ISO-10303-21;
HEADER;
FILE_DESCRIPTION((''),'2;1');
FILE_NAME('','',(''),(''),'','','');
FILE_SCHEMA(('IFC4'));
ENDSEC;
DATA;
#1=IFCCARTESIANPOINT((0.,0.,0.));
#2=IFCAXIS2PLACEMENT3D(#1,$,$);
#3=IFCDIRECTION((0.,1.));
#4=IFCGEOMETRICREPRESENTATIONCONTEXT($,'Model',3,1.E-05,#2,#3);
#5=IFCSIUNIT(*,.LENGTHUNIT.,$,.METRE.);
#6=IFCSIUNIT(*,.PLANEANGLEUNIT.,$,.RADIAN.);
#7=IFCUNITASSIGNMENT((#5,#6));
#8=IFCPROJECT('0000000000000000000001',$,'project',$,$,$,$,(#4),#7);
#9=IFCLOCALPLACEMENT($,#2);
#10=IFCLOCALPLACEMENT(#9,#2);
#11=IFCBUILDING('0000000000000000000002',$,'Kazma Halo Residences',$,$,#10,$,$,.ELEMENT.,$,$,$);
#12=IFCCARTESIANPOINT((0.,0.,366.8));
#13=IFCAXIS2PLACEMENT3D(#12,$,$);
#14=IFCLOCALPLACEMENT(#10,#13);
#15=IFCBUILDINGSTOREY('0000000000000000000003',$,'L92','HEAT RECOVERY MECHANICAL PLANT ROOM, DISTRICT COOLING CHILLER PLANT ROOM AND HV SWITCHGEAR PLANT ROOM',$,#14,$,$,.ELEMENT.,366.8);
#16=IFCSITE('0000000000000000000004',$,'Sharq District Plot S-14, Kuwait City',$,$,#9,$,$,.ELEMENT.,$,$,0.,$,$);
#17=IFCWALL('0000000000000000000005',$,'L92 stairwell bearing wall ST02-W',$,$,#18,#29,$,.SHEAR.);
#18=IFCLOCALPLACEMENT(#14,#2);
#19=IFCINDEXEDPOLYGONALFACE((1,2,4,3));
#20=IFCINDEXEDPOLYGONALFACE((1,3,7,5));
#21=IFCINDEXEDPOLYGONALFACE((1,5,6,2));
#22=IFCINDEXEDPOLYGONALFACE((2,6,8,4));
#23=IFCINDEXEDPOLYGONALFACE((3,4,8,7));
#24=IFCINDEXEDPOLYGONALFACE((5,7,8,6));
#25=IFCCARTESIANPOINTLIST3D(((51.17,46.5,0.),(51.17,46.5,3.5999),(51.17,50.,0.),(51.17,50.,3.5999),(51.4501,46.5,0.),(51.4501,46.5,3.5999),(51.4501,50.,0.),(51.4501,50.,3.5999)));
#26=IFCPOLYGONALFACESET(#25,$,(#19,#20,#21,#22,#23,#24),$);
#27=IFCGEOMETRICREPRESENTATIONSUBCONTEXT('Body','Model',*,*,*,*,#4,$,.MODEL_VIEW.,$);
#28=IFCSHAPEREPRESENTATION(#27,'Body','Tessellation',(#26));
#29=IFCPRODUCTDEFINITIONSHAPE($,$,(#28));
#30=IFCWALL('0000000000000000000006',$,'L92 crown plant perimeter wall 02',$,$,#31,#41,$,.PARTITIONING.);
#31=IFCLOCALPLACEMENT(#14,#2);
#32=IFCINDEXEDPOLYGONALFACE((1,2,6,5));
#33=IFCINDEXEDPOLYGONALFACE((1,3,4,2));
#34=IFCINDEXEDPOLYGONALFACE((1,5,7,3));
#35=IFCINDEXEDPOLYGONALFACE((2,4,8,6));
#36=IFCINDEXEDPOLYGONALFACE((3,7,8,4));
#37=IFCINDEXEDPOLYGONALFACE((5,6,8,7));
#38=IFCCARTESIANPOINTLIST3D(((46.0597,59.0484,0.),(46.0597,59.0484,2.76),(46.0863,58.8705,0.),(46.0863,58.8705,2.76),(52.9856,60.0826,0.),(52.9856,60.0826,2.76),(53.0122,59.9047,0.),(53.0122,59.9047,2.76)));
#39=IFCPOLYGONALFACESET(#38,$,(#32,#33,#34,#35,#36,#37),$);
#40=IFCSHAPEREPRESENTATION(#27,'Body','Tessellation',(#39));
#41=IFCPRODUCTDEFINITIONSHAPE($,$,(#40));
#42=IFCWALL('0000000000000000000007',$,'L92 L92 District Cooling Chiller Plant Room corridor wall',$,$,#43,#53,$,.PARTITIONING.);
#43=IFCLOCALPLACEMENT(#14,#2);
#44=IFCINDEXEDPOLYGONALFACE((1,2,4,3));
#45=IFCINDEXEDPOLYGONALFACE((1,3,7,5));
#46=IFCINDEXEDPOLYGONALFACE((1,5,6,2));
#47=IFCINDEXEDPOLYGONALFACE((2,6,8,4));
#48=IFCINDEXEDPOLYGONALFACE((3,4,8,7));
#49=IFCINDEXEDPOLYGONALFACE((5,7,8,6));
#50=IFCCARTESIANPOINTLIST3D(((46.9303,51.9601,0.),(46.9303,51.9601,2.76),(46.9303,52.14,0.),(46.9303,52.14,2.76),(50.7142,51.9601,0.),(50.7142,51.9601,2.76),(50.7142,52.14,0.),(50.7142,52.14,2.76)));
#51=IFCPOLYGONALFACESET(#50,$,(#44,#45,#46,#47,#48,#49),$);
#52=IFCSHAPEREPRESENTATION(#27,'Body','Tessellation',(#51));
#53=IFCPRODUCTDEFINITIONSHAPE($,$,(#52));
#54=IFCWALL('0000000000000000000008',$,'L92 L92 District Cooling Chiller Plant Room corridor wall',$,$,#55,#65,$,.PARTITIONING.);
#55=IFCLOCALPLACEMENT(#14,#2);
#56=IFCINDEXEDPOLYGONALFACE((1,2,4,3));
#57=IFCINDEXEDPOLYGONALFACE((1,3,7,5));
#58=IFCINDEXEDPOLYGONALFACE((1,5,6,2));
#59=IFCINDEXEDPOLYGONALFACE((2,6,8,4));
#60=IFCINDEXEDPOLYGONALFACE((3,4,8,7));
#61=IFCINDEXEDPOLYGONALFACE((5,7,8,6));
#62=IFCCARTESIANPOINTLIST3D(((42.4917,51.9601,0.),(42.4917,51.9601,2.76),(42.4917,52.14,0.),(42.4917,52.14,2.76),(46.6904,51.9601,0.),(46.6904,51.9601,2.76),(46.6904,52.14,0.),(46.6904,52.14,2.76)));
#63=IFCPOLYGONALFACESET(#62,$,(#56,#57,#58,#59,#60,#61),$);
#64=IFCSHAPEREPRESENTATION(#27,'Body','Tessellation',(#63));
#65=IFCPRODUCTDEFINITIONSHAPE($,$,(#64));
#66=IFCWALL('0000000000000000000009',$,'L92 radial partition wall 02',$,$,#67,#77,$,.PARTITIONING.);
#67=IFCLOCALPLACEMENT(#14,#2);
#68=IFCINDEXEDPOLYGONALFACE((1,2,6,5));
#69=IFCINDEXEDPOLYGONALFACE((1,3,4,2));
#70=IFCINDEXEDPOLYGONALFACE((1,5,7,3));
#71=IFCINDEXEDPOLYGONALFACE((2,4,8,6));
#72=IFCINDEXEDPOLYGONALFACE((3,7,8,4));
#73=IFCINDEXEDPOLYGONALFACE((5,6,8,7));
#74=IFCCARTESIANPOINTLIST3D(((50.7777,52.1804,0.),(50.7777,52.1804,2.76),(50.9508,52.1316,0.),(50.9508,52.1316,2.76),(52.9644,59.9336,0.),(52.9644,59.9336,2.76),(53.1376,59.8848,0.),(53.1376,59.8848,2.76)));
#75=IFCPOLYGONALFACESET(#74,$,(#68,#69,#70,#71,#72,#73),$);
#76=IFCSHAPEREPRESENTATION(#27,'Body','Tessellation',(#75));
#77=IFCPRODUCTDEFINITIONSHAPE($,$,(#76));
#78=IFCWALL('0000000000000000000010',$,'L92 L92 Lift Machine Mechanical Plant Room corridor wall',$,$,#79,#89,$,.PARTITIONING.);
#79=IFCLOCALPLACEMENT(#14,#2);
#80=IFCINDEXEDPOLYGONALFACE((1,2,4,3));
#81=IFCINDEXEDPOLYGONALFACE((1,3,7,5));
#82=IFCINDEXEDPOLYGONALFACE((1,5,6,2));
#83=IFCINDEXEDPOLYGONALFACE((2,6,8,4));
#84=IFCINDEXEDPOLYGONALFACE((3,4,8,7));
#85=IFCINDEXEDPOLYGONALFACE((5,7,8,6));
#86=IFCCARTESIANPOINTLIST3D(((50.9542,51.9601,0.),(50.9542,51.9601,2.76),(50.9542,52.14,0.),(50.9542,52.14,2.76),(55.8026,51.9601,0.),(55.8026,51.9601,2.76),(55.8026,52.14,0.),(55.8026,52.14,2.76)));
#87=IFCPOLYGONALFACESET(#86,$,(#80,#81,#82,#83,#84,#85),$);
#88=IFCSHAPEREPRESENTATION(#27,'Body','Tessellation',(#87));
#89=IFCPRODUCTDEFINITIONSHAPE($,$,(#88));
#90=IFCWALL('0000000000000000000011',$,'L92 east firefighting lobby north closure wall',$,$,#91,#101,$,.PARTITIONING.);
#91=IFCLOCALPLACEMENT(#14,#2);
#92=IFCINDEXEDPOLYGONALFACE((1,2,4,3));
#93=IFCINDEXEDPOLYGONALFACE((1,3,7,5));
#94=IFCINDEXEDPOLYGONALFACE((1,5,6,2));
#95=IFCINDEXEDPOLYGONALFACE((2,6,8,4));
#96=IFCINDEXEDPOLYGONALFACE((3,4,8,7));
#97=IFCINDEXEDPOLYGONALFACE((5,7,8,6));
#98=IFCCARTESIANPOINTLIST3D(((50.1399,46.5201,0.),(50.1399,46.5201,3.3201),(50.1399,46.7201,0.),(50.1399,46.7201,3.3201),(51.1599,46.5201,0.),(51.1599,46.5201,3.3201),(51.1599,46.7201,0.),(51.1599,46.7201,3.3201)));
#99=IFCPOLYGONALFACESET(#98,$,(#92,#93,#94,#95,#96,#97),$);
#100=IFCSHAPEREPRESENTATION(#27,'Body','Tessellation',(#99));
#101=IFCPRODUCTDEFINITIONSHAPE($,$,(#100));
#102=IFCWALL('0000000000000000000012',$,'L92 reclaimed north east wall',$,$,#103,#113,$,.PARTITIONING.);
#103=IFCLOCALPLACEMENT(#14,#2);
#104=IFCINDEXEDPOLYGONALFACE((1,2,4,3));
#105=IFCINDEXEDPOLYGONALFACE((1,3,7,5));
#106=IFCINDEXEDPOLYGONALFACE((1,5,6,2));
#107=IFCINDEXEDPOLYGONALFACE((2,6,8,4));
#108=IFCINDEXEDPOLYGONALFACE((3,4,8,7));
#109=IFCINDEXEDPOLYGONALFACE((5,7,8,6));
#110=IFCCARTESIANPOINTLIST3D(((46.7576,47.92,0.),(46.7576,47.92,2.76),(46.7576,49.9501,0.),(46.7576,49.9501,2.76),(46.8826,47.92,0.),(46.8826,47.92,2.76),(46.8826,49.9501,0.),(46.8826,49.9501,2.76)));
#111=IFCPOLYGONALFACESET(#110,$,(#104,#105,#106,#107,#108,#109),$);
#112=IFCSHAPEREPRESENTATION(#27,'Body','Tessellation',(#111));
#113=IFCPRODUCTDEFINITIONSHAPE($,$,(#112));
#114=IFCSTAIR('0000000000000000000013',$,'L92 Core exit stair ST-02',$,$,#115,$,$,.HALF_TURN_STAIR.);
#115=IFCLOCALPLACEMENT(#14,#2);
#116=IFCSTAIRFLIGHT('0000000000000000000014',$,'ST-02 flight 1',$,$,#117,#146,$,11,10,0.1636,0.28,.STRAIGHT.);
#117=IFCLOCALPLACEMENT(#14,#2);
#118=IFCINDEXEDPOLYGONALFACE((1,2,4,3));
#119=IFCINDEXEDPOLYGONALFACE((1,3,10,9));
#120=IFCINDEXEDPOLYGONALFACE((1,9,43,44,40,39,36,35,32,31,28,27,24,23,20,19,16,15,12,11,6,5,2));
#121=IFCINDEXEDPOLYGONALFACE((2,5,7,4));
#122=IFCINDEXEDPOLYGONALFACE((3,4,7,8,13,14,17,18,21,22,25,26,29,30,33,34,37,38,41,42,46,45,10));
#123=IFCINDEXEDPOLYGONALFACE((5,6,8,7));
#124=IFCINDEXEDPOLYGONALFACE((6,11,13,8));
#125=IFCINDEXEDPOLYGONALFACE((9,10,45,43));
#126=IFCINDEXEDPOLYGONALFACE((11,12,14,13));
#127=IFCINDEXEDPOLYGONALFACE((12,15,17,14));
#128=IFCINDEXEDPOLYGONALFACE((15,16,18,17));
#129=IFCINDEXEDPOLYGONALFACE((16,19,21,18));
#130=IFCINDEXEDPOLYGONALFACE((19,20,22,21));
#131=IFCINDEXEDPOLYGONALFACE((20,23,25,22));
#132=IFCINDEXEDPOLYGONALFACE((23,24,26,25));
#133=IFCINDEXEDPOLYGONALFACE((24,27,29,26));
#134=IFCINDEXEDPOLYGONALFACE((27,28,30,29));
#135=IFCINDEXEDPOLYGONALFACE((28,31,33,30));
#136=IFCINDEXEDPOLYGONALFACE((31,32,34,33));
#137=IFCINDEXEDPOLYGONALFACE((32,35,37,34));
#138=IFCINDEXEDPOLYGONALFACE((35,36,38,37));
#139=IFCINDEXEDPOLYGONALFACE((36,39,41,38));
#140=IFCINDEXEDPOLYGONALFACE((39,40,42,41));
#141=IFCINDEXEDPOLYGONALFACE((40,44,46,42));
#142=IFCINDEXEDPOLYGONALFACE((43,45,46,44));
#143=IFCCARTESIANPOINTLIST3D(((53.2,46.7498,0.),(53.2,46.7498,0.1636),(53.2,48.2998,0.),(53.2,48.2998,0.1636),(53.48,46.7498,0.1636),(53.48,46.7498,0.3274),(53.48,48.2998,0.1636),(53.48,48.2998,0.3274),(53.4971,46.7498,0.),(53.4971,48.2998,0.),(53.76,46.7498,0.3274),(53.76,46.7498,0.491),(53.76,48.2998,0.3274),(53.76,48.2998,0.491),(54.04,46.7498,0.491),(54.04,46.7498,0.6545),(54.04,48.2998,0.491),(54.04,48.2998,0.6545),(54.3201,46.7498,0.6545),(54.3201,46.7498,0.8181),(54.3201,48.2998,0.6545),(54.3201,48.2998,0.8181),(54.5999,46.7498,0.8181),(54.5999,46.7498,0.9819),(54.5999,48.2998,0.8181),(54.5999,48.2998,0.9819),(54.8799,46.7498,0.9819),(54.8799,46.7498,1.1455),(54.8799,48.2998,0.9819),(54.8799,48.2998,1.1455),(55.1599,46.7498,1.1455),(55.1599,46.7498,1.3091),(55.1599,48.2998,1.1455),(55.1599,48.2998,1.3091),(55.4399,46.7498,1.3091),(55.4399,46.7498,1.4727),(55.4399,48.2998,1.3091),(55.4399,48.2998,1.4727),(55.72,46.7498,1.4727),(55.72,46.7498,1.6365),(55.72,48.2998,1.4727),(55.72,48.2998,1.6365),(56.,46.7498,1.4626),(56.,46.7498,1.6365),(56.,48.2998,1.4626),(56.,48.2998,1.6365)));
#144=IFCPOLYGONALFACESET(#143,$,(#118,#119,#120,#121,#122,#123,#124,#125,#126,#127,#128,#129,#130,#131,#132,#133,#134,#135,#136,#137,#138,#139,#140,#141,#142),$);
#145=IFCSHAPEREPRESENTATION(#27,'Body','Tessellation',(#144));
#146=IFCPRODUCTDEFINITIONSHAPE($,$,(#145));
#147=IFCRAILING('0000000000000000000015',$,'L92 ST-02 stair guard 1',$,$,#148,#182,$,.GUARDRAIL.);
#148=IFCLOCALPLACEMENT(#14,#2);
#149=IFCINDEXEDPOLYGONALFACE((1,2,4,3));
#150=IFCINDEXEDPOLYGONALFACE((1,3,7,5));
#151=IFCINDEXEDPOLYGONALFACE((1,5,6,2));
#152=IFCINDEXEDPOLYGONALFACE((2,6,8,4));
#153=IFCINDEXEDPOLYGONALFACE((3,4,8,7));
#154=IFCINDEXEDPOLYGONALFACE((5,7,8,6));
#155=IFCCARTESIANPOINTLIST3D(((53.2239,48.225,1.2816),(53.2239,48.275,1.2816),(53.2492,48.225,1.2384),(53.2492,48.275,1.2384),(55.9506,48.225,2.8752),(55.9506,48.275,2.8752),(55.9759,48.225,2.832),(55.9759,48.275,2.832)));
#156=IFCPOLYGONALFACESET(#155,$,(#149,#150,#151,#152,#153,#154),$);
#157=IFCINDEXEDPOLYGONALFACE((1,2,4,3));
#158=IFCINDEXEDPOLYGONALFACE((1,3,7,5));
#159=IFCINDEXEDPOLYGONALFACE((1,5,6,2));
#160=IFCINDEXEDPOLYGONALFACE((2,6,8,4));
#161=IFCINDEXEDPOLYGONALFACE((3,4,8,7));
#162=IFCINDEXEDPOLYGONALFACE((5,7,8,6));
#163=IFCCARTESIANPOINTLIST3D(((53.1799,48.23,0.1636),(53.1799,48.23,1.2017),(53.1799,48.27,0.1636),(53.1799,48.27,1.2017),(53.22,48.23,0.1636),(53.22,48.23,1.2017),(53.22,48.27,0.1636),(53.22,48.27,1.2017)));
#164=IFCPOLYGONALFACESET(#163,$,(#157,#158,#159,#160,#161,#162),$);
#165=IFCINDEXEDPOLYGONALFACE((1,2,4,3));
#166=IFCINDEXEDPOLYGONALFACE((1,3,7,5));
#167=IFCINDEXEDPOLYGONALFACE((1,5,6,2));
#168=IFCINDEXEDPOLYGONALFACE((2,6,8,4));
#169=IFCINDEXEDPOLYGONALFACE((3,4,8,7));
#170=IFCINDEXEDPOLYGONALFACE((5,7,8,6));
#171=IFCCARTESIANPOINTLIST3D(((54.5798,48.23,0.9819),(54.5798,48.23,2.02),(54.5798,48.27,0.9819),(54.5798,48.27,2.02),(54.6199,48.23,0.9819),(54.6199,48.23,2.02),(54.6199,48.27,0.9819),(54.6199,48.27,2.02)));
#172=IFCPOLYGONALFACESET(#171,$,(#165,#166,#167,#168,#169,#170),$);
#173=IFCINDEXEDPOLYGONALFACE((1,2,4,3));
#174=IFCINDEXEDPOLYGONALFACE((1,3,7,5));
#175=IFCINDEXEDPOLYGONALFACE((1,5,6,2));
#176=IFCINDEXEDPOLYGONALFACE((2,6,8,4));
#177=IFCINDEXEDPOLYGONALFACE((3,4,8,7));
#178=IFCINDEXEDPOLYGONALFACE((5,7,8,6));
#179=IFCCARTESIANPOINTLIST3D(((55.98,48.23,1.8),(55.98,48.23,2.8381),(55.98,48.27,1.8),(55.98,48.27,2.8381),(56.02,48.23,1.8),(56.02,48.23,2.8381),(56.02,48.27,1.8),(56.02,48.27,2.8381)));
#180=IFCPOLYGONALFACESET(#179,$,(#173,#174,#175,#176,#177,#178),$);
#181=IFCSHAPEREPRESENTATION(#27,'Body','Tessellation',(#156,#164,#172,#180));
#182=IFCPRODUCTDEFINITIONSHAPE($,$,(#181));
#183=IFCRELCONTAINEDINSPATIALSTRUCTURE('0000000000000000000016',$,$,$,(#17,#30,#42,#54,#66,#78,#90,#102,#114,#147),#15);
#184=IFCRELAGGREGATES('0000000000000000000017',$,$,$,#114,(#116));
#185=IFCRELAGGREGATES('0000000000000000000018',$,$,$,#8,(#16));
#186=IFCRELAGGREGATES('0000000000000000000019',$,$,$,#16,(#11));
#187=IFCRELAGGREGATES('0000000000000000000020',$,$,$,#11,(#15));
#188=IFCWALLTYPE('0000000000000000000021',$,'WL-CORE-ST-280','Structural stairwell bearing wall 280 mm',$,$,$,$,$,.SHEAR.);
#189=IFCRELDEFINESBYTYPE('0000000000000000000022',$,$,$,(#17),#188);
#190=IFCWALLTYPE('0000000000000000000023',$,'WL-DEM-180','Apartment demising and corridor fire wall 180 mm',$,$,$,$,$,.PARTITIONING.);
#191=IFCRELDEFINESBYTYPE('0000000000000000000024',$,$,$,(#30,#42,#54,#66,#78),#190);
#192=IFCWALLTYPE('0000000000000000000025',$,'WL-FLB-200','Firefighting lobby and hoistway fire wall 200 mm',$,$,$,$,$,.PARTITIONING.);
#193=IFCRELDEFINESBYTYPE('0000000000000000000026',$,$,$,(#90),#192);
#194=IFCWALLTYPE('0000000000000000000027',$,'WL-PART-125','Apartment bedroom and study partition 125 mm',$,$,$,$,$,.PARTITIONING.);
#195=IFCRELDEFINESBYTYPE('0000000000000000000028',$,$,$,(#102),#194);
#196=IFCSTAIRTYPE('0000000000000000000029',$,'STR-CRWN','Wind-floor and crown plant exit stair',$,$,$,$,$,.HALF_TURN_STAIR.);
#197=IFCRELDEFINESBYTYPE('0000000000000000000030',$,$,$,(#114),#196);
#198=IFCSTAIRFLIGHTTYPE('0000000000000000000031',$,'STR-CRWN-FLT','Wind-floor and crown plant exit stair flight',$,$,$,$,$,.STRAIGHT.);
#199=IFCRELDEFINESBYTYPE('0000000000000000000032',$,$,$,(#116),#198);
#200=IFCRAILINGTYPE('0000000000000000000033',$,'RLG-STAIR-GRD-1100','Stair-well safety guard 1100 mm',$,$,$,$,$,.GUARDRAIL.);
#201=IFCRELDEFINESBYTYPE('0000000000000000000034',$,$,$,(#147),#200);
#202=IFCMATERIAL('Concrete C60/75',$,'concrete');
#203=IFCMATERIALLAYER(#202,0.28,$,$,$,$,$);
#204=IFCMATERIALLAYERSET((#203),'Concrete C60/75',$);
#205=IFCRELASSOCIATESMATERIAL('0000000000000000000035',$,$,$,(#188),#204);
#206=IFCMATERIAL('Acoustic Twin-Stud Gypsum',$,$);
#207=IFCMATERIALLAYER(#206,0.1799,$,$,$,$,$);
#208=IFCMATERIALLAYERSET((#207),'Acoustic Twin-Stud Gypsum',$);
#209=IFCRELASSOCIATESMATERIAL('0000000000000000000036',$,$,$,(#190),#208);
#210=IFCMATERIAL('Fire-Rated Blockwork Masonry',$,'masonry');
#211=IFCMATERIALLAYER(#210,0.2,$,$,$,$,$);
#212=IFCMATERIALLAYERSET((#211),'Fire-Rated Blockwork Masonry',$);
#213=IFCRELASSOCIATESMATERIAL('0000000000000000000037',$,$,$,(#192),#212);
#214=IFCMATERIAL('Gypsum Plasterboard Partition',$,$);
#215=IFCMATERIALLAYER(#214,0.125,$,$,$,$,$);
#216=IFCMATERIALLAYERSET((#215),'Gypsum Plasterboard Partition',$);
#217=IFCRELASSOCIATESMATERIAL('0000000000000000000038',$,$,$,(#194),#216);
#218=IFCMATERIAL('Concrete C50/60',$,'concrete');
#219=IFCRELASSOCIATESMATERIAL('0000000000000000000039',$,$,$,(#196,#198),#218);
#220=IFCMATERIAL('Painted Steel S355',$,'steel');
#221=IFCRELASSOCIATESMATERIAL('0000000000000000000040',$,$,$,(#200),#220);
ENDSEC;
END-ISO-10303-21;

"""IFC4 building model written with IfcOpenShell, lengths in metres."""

from ifc_helpers import new_model, si_unit, direction, frame, frame_2d, origin, origin_2d, place, context, subcontext, project, spatial, polyline, rectangle, outline, extrude, material, layer, layer_set, type_object, element, aggregate, save


model = new_model("IFC4")

# Units and contexts
model_context = context("Model", 3, precision=1e-05, world=origin(), true_north=direction((0.0, 1.0)))
body_context = subcontext(model_context, "Body", "Model", "MODEL_VIEW")
ifc_project = project(units=[si_unit("LENGTHUNIT", "METRE"), si_unit("PLANEANGLEUNIT", "RADIAN")], contexts=[model_context])

# Site, building, storey
site_placement = place(None, origin())
site = spatial("IfcSite", under=ifc_project, at=site_placement, Name="Sharq District Plot S-14, Kuwait City", CompositionType="ELEMENT", RefElevation=0.0)
building_placement = place(site_placement, origin())
building = spatial("IfcBuilding", under=site, at=building_placement, Name="Kazma Halo Residences", CompositionType="ELEMENT")
storey_placement = place(building_placement, frame((0.0, 0.0, 366.8)))
storey = spatial("IfcBuildingStorey", under=building, at=storey_placement, Name="L92", Description="HEAT RECOVERY MECHANICAL PLANT ROOM, DISTRICT COOLING CHILLER PLANT ROOM AND HV SWITCHGEAR PLANT ROOM", CompositionType="ELEMENT", Elevation=366.8)

# Walls
ifc_material_1 = material(Name="Concrete C60/75", Category="concrete")
ifc_layer_1 = layer(ifc_material_1, 0.28)
ifc_layer_set_1 = layer_set([ifc_layer_1], Name="Concrete C60/75")
wall_type_1 = type_object("IfcWallType", Name="WL-CORE-ST-280", Description="Structural stairwell bearing wall 280 mm", PredefinedType="SHEAR", material=ifc_layer_set_1)
wall_1_placement = place(storey_placement, frame((51.3101, 46.5, 0.0), z_axis=(0.0, 0.0, 1.0), x_axis=(0.0, 1.0, 0.0)))
element("IfcWall", 1, at=wall_1_placement, inside=storey, type_object=wall_type_1, Name="L92 stairwell bearing wall ST02-W", PredefinedType="SHEAR", context=body_context, shape_type="SweptSolid", body=[
    extrude(rectangle(XDim=3.5, YDim=0.28, at=frame_2d((1.75, 0.0))), origin(), (0.0, 0.0, 1.0), 3.5999),
])
ifc_material_2 = material(Name="Acoustic Twin-Stud Gypsum")
ifc_layer_2 = layer(ifc_material_2, 0.1799)
ifc_layer_set_2 = layer_set([ifc_layer_2], Name="Acoustic Twin-Stud Gypsum")
wall_type_2 = type_object("IfcWallType", Name="WL-DEM-180", Description="Apartment demising and corridor fire wall 180 mm", PredefinedType="PARTITIONING", material=ifc_layer_set_2)
wall_2_placement = place(storey_placement, frame((52.999, 59.9937, 0.0), z_axis=(0.0, 0.0, 1.0), x_axis=(-0.989034, -0.147686, 0.0)))
element("IfcWall", 2, at=wall_2_placement, inside=storey, type_object=wall_type_2, Name="L92 crown plant perimeter wall 02", PredefinedType="PARTITIONING", context=body_context, shape_type="SweptSolid", body=[
    extrude(rectangle(XDim=7.0027, YDim=0.1799, at=frame_2d((3.5015, 0.0))), origin(), (0.0, 0.0, 1.0), 2.76),
])
wall_3_placement = place(storey_placement, frame((50.7144, 52.05, 0.0), z_axis=(0.0, 0.0, 1.0), x_axis=(-1.0, 0.0, 0.0)))
element("IfcWall", 3, at=wall_3_placement, inside=storey, type_object=wall_type_2, Name="L92 L92 District Cooling Chiller Plant Room corridor wall", PredefinedType="PARTITIONING", context=body_context, shape_type="SweptSolid", body=[
    extrude(rectangle(XDim=3.7839, YDim=0.1799, at=frame_2d((1.8921, 0.0))), origin(), (0.0, 0.0, 1.0), 2.76),
])
wall_4_placement = place(storey_placement, frame((46.6904, 52.05, 0.0), z_axis=(0.0, 0.0, 1.0), x_axis=(-1.0, 0.0, 0.0)))
element("IfcWall", 4, at=wall_4_placement, inside=storey, type_object=wall_type_2, Name="L92 L92 District Cooling Chiller Plant Room corridor wall", PredefinedType="PARTITIONING", context=body_context, shape_type="SweptSolid", body=[
    extrude(rectangle(XDim=4.1987, YDim=0.1799, at=frame_2d((2.0994, 0.0))), origin(), (0.0, 0.0, 1.0), 2.76),
])
wall_5_placement = place(storey_placement, frame((50.8643, 52.156, 0.0), z_axis=(0.0, 0.0, 1.0), x_axis=(0.271457, 0.96245, 0.0)))
element("IfcWall", 5, at=wall_5_placement, inside=storey, type_object=wall_type_2, Name="L92 radial partition wall 02", PredefinedType="PARTITIONING", context=body_context, shape_type="SweptSolid", body=[
    extrude(rectangle(XDim=8.0557, YDim=0.1799, at=frame_2d((4.0278, 0.0))), origin(), (0.0, 0.0, 1.0), 2.76),
])
wall_6_placement = place(storey_placement, frame((55.8027, 52.05, 0.0), z_axis=(0.0, 0.0, 1.0), x_axis=(-1.0, 0.0, 0.0)))
element("IfcWall", 6, at=wall_6_placement, inside=storey, type_object=wall_type_2, Name="L92 L92 Lift Machine Mechanical Plant Room corridor wall", PredefinedType="PARTITIONING", context=body_context, shape_type="SweptSolid", body=[
    extrude(rectangle(XDim=4.8484, YDim=0.1799, at=frame_2d((2.4243, 0.0))), origin(), (0.0, 0.0, 1.0), 2.76),
])
ifc_material_3 = material(Name="Fire-Rated Blockwork Masonry", Category="masonry")
ifc_layer_3 = layer(ifc_material_3, 0.2)
ifc_layer_set_3 = layer_set([ifc_layer_3], Name="Fire-Rated Blockwork Masonry")
wall_type_3 = type_object("IfcWallType", Name="WL-FLB-200", Description="Firefighting lobby and hoistway fire wall 200 mm", PredefinedType="PARTITIONING", material=ifc_layer_set_3)
wall_7_placement = place(storey_placement, frame((50.1399, 46.6201, 0.0), z_axis=(0.0, 0.0, 1.0), x_axis=(1.0, 0.0, 0.0)))
element("IfcWall", 7, at=wall_7_placement, inside=storey, type_object=wall_type_3, Name="L92 east firefighting lobby north closure wall", PredefinedType="PARTITIONING", context=body_context, shape_type="SweptSolid", body=[
    extrude(rectangle(XDim=1.02, YDim=0.2, at=frame_2d((0.51, 0.0))), origin(), (0.0, 0.0, 1.0), 3.3201),
])
ifc_material_4 = material(Name="Gypsum Plasterboard Partition")
ifc_layer_4 = layer(ifc_material_4, 0.125)
ifc_layer_set_4 = layer_set([ifc_layer_4], Name="Gypsum Plasterboard Partition")
wall_type_4 = type_object("IfcWallType", Name="WL-PART-125", Description="Apartment bedroom and study partition 125 mm", PredefinedType="PARTITIONING", material=ifc_layer_set_4)
wall_8_placement = place(storey_placement, frame((46.8201, 47.9199, 0.0), z_axis=(0.0, 0.0, 1.0), x_axis=(0.0, 1.0, 0.0)))
element("IfcWall", 8, at=wall_8_placement, inside=storey, type_object=wall_type_4, Name="L92 reclaimed north east wall", PredefinedType="PARTITIONING", context=body_context, shape_type="SweptSolid", body=[
    extrude(rectangle(XDim=2.03, YDim=0.125, at=frame_2d((1.0151, 0.0))), origin(), (0.0, 0.0, 1.0), 2.76),
])

# Shared definitions
ifc_material_5 = material(Name="Concrete C50/60", Category="concrete")

# Stair, stair flight
stair_type = type_object("IfcStairType", Name="STR-CRWN", Description="Wind-floor and crown plant exit stair", PredefinedType="HALF_TURN_STAIR", material=ifc_material_5)
stair_placement = place(storey_placement, origin())
stair = element("IfcStair", 9, at=stair_placement, inside=storey, type_object=stair_type, Name="L92 Core exit stair ST-02", PredefinedType="HALF_TURN_STAIR")
stair_flight_type = type_object("IfcStairFlightType", Name="STR-CRWN-FLT", Description="Wind-floor and crown plant exit stair flight", PredefinedType="STRAIGHT", material=ifc_material_5)
stair_flight_placement = place(storey_placement, frame((53.2, 47.5249, 0.0), z_axis=(0.0, 0.0, 1.0), x_axis=(1.0, 0.0, 0.0)))
stair_flight = element("IfcStairFlight", 10, at=stair_flight_placement, type_object=stair_flight_type, Name="ST-02 flight 1", NumberOfRisers=11, NumberOfTreads=10, PredefinedType="STRAIGHT", RiserHeight=0.1636, TreadLength=0.28, context=body_context, shape_type="SweptSolid", body=[
    extrude(outline(polyline([(0.0, 0.0), (0.0, 0.1636), (0.28, 0.1636), (0.28, 0.3274), (0.5601, 0.3274), (0.5601, 0.491), (0.8401, 0.491), (0.8401, 0.6545), (1.1201, 0.6545), (1.1201, 0.8181), (1.3999, 0.8181), (1.3999, 0.9819), (1.6799, 0.9819), (1.6799, 1.1455), (1.96, 1.1455), (1.96, 1.3091), (2.24, 1.3091), (2.24, 1.4727), (2.52, 1.4727), (2.52, 1.6365), (2.8, 1.6365), (2.8, 1.8), (2.8, 1.4626), (0.2971, 0.0), (0.0, 0.0)])), frame((0.0, 0.7749, 0.0), z_axis=(0.0, -1.0, 0.0), x_axis=(1.0, 0.0, 0.0)), (0.0, 0.0, 1.0), 1.55),
])
aggregate(stair, [stair_flight])

# Railing
ifc_material_6 = material(Name="Painted Steel S355", Category="steel")
railing_type_1 = type_object("IfcRailingType", Name="RLG-STAIR-GRD-1100", Description="Stair-well safety guard 1100 mm", PredefinedType="GUARDRAIL", material=ifc_material_6)
railing_1_placement = place(storey_placement, frame((53.2, 48.25, 0.1636)))
element("IfcRailing", 11, at=railing_1_placement, inside=storey, type_object=railing_type_1, Name="L92 ST-02 stair guard 1", PredefinedType="GUARDRAIL", context=body_context, shape_type="SweptSolid", body=[
    extrude(rectangle(XDim=0.05, YDim=0.05, at=origin_2d()), frame((0.0366, 0.0, 1.0964), z_axis=(0.863361, 0.0, 0.504587), x_axis=(0.0, 1.0, 0.0)), (0.0, 0.0, 1.0), 3.1582),
    extrude(rectangle(XDim=0.04, YDim=0.04, at=origin_2d()), origin(), (0.0, 0.0, 1.0), 1.0381),
    extrude(rectangle(XDim=0.04, YDim=0.04, at=origin_2d()), frame((1.3999, 0.0, 0.8184)), (0.0, 0.0, 1.0), 1.0381),
    extrude(rectangle(XDim=0.04, YDim=0.04, at=origin_2d()), frame((2.8, 0.0, 1.6365)), (0.0, 0.0, 1.0), 1.0381),
])

save(model, "model.ifc")
